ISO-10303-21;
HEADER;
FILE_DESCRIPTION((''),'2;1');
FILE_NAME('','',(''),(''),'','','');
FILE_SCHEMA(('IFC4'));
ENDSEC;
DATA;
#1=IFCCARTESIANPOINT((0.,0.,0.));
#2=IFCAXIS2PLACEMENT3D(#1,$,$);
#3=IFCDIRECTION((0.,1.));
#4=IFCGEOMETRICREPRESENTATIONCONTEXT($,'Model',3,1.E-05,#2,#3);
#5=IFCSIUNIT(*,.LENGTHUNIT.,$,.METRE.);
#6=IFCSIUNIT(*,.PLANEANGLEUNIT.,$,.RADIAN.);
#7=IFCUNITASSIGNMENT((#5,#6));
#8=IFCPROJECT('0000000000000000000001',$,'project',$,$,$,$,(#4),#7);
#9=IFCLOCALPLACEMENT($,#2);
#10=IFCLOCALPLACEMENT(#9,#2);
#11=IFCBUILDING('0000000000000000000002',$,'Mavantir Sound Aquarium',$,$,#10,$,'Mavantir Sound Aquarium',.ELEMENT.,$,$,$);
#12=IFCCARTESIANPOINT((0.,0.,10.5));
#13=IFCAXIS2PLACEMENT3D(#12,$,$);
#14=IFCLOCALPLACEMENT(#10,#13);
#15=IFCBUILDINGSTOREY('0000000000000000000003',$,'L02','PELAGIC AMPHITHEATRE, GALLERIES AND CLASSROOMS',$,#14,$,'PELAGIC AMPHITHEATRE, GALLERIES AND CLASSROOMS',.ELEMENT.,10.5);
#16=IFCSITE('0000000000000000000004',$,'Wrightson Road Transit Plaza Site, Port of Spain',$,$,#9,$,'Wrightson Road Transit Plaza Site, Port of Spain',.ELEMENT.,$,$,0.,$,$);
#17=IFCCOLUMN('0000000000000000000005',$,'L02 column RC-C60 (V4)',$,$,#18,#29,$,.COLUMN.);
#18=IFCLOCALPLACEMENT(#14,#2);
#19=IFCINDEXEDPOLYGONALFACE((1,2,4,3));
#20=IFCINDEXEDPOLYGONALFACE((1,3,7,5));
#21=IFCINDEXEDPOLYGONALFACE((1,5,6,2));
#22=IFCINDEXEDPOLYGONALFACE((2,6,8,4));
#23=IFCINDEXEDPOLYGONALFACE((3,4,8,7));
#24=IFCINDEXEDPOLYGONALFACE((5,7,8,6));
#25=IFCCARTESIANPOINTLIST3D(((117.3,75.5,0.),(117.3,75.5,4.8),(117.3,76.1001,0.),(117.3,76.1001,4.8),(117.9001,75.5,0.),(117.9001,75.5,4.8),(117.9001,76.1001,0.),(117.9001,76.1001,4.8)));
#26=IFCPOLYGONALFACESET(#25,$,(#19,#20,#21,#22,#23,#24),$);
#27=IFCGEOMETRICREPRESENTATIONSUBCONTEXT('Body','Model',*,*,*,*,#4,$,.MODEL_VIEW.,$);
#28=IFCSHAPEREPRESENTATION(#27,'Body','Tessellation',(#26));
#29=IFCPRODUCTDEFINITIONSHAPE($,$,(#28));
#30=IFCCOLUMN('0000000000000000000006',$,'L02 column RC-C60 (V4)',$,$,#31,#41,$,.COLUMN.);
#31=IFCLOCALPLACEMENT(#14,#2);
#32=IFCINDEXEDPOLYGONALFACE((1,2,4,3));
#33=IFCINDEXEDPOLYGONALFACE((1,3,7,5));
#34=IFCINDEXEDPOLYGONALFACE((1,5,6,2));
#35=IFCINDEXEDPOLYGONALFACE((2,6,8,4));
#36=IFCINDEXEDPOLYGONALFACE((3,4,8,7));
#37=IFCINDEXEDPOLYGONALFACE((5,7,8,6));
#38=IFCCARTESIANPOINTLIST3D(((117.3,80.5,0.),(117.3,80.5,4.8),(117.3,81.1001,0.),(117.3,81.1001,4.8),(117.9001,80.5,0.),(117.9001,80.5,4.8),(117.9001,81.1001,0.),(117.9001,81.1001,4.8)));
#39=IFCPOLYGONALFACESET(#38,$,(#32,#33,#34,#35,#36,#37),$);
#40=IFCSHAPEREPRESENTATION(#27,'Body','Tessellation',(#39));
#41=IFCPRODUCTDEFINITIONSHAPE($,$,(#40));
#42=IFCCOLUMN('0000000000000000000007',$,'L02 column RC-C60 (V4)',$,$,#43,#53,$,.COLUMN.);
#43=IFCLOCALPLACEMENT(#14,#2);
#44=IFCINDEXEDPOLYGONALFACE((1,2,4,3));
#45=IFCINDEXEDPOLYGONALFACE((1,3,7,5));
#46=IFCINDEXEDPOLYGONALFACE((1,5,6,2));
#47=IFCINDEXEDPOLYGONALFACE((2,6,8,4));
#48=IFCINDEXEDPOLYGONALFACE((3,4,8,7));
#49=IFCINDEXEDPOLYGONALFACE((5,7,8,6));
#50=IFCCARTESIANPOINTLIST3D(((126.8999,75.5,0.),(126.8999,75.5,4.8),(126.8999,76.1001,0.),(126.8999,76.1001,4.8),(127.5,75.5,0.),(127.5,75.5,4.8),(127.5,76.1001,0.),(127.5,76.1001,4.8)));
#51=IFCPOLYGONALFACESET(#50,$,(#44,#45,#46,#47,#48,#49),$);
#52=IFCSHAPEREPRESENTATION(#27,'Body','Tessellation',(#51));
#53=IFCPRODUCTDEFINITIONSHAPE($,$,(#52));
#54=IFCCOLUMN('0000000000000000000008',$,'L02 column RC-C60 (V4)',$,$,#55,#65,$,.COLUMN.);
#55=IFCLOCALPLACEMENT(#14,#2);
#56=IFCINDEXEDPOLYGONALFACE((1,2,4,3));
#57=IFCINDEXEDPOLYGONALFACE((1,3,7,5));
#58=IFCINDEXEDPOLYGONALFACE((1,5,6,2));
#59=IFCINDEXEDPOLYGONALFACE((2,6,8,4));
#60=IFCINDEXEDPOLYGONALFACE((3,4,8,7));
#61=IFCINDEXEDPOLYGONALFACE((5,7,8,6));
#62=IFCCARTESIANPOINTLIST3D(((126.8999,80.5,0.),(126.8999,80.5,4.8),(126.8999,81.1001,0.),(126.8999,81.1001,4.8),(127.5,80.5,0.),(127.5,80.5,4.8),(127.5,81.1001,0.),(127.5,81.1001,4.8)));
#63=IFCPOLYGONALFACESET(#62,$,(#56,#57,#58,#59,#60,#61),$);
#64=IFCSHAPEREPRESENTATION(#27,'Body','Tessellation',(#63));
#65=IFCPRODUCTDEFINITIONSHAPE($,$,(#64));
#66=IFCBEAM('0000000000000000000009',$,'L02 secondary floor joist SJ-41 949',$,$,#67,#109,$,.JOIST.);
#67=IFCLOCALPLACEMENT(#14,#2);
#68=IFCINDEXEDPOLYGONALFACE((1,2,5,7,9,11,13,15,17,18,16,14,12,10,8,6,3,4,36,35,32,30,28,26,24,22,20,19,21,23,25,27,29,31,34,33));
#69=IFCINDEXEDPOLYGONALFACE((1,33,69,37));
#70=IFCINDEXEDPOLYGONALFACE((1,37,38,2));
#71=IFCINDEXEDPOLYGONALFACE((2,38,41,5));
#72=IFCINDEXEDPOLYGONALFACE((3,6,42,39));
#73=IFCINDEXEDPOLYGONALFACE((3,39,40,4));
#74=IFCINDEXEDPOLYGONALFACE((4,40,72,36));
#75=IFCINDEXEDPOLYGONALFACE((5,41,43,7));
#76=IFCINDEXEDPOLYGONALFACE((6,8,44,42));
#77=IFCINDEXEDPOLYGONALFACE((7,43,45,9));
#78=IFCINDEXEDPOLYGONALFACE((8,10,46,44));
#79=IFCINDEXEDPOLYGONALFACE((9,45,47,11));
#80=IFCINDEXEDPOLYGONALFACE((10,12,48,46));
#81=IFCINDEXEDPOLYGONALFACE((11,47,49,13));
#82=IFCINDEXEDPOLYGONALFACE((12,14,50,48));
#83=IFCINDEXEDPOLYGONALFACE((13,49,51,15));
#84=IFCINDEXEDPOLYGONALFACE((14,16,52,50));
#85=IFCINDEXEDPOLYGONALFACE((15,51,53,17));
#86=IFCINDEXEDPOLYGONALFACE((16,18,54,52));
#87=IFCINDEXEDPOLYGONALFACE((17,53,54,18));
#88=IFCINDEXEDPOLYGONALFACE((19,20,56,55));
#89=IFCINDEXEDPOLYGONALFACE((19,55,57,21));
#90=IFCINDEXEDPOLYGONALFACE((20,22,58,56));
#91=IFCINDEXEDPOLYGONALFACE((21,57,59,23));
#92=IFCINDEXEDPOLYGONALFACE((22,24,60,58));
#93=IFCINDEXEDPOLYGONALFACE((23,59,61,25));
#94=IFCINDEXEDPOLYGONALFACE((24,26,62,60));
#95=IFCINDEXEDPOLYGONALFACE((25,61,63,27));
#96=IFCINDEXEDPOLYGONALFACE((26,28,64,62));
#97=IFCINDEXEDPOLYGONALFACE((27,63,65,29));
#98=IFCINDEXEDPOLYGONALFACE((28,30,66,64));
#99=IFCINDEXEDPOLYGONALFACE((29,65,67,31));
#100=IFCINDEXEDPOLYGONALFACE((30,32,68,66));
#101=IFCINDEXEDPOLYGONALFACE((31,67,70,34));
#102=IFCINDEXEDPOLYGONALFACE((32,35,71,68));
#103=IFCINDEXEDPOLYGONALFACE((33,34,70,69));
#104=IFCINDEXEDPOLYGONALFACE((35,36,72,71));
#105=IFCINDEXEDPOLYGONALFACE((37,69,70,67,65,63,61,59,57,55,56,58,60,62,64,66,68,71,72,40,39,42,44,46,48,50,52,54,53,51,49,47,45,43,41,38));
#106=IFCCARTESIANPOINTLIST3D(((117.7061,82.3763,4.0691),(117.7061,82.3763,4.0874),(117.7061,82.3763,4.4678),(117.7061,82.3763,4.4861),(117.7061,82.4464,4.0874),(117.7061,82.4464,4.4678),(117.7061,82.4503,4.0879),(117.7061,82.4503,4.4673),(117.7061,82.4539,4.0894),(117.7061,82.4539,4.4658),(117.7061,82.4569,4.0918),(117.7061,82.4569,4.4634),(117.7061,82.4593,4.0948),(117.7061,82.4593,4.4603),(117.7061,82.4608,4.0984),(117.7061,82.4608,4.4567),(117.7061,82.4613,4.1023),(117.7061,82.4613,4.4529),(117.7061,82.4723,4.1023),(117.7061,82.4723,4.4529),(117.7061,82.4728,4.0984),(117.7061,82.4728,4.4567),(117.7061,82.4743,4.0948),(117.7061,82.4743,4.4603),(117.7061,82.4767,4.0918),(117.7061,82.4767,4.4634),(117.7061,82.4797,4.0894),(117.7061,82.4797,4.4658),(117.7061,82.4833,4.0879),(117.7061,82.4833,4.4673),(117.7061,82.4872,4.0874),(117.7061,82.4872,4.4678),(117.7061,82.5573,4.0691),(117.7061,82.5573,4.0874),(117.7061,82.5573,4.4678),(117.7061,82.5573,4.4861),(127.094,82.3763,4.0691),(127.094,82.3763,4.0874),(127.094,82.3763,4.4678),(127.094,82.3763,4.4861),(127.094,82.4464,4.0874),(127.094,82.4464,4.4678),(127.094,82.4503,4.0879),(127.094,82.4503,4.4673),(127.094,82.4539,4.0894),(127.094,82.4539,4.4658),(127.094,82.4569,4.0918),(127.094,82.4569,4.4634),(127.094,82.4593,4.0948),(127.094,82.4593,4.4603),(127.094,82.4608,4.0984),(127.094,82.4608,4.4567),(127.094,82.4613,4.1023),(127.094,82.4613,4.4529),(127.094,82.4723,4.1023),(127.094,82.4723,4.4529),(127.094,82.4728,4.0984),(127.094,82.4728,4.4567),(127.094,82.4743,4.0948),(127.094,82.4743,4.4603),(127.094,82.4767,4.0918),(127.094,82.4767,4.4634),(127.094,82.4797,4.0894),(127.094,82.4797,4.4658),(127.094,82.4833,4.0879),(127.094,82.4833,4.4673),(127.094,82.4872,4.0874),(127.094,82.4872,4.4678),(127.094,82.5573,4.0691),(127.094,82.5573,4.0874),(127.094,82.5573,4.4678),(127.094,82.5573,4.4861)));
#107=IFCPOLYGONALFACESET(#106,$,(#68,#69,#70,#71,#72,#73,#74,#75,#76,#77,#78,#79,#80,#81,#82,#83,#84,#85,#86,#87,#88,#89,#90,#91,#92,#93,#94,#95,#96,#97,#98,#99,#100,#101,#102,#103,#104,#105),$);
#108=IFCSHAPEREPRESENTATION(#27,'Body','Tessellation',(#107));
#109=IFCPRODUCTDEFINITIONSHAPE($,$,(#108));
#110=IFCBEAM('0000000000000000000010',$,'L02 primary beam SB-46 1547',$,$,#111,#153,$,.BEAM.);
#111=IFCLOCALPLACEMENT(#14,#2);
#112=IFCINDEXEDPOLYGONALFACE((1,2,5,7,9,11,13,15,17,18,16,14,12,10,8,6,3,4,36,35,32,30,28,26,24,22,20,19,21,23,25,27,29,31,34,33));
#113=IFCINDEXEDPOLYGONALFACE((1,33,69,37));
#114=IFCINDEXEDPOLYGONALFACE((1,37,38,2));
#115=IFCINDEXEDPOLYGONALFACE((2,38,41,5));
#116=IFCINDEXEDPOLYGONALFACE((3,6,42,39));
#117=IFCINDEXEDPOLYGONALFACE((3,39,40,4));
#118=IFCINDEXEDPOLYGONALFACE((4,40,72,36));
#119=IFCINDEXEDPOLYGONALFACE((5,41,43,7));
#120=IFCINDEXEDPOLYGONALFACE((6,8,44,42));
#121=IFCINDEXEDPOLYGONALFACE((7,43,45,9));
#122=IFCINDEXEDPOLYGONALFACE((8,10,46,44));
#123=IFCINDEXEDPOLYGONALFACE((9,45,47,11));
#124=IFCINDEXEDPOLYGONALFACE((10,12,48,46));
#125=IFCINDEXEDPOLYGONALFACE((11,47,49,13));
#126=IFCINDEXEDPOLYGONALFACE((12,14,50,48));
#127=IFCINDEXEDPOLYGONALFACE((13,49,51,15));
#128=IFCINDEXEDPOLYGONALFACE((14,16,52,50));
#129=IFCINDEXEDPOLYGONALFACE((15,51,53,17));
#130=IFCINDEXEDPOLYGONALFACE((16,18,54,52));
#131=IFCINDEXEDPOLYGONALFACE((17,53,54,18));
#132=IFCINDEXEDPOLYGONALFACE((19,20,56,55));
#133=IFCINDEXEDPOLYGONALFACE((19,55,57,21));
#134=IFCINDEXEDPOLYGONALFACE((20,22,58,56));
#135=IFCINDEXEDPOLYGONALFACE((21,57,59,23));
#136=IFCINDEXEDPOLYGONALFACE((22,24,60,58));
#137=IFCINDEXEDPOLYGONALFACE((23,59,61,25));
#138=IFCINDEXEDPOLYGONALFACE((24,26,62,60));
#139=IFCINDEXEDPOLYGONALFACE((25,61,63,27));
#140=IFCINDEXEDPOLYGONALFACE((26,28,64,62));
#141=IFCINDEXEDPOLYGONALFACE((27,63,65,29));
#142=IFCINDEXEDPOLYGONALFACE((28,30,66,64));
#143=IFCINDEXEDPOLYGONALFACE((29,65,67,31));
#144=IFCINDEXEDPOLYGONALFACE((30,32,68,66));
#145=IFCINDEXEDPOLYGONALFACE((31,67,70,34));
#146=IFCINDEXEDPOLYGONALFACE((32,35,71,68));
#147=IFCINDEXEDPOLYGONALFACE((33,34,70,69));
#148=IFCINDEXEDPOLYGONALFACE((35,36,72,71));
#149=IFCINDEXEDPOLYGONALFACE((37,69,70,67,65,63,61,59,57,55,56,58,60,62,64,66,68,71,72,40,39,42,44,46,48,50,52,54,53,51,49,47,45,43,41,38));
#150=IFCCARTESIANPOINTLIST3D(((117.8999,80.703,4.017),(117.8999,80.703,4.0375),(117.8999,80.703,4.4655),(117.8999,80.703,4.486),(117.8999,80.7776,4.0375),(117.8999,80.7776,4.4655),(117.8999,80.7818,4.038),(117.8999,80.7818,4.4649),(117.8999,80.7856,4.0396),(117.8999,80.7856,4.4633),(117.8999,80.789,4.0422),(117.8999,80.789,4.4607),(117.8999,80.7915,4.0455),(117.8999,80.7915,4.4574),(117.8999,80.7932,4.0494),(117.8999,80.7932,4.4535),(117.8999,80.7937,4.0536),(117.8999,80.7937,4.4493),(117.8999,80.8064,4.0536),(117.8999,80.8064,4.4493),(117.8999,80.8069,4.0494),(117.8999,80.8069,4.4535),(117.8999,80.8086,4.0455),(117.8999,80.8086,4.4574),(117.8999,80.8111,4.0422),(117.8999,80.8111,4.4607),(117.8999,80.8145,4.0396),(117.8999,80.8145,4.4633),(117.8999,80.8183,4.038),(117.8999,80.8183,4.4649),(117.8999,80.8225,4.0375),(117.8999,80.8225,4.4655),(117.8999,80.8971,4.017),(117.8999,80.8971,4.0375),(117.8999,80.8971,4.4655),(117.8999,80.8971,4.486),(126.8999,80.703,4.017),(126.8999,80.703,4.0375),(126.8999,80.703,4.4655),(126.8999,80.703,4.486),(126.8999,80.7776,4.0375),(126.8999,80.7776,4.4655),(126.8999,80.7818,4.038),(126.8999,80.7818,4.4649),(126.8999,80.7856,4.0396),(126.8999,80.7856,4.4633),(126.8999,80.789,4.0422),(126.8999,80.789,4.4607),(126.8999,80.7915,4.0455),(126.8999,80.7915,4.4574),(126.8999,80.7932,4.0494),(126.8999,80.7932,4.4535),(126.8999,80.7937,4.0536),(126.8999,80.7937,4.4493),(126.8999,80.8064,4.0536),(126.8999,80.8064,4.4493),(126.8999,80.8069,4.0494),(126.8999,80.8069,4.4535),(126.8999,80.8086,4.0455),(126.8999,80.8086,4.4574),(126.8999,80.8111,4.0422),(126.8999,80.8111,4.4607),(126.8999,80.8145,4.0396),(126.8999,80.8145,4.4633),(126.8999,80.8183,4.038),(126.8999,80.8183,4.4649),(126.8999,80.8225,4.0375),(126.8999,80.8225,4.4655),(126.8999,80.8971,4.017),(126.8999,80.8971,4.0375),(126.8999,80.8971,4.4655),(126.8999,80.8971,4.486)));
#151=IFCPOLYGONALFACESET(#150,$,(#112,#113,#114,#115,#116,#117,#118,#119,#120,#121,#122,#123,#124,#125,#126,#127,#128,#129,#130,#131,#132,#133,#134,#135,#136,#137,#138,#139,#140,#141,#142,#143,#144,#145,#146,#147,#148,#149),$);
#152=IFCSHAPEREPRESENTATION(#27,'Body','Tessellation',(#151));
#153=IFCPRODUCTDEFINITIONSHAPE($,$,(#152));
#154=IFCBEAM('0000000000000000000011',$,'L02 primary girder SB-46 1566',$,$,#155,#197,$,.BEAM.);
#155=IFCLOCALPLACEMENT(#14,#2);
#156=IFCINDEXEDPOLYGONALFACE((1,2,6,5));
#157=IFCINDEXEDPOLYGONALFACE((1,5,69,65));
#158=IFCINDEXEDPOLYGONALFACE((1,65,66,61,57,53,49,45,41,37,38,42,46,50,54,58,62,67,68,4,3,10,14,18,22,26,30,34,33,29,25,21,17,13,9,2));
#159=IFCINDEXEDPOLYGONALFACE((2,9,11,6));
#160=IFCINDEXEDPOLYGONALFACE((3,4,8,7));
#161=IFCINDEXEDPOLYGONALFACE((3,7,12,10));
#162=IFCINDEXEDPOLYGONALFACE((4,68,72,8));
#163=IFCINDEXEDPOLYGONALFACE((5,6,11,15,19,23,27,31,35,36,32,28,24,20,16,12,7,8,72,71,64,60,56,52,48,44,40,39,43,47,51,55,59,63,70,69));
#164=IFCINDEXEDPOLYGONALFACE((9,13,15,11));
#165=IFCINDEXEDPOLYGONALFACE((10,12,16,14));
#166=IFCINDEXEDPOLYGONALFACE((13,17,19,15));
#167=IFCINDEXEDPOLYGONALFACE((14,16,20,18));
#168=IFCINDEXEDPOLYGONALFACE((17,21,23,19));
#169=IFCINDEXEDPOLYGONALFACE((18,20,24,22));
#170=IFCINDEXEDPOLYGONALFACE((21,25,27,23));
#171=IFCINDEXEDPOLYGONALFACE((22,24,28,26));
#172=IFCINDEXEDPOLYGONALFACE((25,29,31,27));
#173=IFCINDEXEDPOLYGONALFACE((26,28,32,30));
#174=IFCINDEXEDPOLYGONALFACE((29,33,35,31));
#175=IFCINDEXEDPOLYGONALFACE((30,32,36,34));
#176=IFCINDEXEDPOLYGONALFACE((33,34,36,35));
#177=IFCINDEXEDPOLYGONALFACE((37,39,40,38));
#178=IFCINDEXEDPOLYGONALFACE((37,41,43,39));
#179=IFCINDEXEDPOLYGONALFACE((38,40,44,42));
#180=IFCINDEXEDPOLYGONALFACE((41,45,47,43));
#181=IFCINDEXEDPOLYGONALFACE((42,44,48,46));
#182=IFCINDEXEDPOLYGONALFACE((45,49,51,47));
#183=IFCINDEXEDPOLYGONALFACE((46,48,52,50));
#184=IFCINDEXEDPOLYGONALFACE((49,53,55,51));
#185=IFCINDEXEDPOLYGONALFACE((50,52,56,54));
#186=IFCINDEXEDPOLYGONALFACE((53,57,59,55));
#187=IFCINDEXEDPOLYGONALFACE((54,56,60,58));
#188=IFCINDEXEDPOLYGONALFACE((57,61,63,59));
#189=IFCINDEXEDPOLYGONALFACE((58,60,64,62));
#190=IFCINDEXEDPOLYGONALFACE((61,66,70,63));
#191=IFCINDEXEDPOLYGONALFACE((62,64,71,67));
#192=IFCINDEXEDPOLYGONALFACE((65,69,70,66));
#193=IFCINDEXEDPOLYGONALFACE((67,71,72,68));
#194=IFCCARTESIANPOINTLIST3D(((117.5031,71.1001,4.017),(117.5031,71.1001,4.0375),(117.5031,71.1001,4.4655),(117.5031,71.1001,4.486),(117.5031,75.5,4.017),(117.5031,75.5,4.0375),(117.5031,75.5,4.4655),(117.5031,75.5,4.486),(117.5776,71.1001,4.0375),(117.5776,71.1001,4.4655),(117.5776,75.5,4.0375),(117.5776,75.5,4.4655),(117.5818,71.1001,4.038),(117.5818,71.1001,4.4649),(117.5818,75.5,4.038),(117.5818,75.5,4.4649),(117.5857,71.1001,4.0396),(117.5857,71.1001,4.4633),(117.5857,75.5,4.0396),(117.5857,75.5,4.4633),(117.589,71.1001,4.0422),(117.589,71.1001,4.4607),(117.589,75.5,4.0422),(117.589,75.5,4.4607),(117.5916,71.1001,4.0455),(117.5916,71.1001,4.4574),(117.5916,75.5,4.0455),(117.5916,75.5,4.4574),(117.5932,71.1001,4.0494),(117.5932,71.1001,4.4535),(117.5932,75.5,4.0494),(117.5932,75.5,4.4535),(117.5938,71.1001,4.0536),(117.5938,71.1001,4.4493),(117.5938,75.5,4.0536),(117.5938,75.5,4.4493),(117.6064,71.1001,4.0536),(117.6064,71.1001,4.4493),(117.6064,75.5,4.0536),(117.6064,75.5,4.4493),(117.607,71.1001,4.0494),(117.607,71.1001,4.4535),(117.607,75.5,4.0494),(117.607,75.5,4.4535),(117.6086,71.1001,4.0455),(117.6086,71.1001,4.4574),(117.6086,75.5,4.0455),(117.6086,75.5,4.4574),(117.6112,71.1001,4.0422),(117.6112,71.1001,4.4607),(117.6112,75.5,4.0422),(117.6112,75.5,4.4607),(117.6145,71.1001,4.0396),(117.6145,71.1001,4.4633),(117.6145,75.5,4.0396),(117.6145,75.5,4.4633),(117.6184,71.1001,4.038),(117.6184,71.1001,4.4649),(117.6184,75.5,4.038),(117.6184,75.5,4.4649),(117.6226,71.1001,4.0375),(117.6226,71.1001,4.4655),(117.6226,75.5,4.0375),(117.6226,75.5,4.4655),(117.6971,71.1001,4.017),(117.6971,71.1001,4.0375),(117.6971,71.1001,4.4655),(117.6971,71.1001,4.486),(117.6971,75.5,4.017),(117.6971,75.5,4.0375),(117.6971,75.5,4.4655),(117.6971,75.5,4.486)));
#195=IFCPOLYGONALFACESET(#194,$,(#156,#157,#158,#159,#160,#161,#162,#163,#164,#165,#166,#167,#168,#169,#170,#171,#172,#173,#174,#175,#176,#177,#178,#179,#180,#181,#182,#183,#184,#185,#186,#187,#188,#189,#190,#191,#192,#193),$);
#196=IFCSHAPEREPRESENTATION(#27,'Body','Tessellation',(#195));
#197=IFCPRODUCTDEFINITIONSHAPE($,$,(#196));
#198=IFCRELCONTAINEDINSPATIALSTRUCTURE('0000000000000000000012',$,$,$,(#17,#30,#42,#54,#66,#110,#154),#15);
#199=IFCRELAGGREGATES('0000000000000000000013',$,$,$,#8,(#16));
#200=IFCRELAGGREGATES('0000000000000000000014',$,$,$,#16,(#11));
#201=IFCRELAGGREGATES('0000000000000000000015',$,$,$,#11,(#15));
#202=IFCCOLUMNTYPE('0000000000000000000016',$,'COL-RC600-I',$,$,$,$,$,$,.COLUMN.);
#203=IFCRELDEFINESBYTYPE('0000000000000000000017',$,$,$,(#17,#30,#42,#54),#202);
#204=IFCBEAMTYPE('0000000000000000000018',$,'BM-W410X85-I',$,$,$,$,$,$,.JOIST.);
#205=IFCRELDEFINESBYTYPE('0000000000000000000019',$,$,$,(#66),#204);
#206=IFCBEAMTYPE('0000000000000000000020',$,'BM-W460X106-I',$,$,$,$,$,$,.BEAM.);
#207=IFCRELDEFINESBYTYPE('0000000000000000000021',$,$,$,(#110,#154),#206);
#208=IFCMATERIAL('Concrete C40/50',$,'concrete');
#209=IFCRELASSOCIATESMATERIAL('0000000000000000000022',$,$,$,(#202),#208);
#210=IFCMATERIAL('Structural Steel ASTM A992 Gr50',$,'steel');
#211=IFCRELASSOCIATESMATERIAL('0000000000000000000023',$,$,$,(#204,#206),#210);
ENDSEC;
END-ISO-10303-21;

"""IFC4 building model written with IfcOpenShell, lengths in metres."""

from ifc_helpers import new_model, si_unit, direction, frame, origin, origin_2d, place, context, subcontext, project, spatial, rectangle, i_section, extrude, material, material_profile, profile_set, type_object, element, save


model = new_model("IFC4")

# Units and contexts
model_context = context("Model", 3, precision=1e-05, world=origin(), true_north=direction((0.0, 1.0)))
body_context = subcontext(model_context, "Body", "Model", "MODEL_VIEW")
ifc_project = project(units=[si_unit("LENGTHUNIT", "METRE"), si_unit("PLANEANGLEUNIT", "RADIAN")], contexts=[model_context])

# Site, building, storey
site_placement = place(None, origin())
site = spatial("IfcSite", under=ifc_project, at=site_placement, Name="Wrightson Road Transit Plaza Site, Port of Spain", LongName="Wrightson Road Transit Plaza Site, Port of Spain", CompositionType="ELEMENT", RefElevation=0.0)
building_placement = place(site_placement, origin())
building = spatial("IfcBuilding", under=site, at=building_placement, Name="Mavantir Sound Aquarium", LongName="Mavantir Sound Aquarium", CompositionType="ELEMENT")
storey_placement = place(building_placement, frame((0.0, 0.0, 10.5)))
storey = spatial("IfcBuildingStorey", under=building, at=storey_placement, Name="L02", Description="PELAGIC AMPHITHEATRE, GALLERIES AND CLASSROOMS", LongName="PELAGIC AMPHITHEATRE, GALLERIES AND CLASSROOMS", CompositionType="ELEMENT", Elevation=10.5)

# Columns
ifc_material_1 = material(Name="Concrete C40/50", Category="concrete")
ifc_material_profile_1 = material_profile(ifc_material_1, rectangle(XDim=0.6001, YDim=0.6001, at=origin_2d()), Name="RC 600X600")
ifc_profile_set_1 = profile_set([ifc_material_profile_1], Name="Concrete C40/50")
column_type = type_object("IfcColumnType", Name="COL-RC600-I", PredefinedType="COLUMN", material=ifc_profile_set_1)
for number, where, z_axis, x_axis, name in (
    (1, (117.6001, 75.8, 0.0), (0.0, 0.0, 1.0), (1.0, 0.0, 0.0), "L02 column RC-C60 (V4)"),
    (2, (117.6001, 80.8, 0.0), (0.0, 0.0, 1.0), (1.0, 0.0, 0.0), "L02 column RC-C60 (V4)"),
    (3, (127.2, 75.8, 0.0), (0.0, 0.0, 1.0), (1.0, 0.0, 0.0), "L02 column RC-C60 (V4)"),
    (4, (127.2, 80.8, 0.0), (0.0, 0.0, 1.0), (1.0, 0.0, 0.0), "L02 column RC-C60 (V4)"),
):
    element("IfcColumn", number, at=place(storey_placement, frame(where, z_axis=z_axis, x_axis=x_axis)), inside=storey, type_object=column_type, Name=name, PredefinedType="COLUMN", context=body_context, shape_type="SweptSolid", body=[
        extrude(rectangle(XDim=0.6001, YDim=0.6001, at=origin_2d()), origin(), (0.0, 0.0, 1.0), 4.8),
    ])

# Beams
ifc_material_2 = material(Name="Structural Steel ASTM A992 Gr50", Category="steel")
ifc_material_profile_2 = material_profile(ifc_material_2, i_section(OverallWidth=0.1809, OverallDepth=0.417, WebThickness=0.011, FlangeThickness=0.0183, FilletRadius=0.0149, at=origin_2d()), Name="W410X85")
ifc_profile_set_2 = profile_set([ifc_material_profile_2], Name="Structural Steel ASTM A992 Gr50")
beam_type_1 = type_object("IfcBeamType", Name="BM-W410X85-I", PredefinedType="JOIST", material=ifc_profile_set_2)
beam_1_placement = place(storey_placement, frame((117.7061, 82.4668, 4.2776), z_axis=(1.0, 0.0, 0.0), x_axis=(0.0, 1.0, 0.0)))
element("IfcBeam", 5, at=beam_1_placement, inside=storey, type_object=beam_type_1, Name="L02 secondary floor joist SJ-41 949", PredefinedType="JOIST", context=body_context, shape_type="SweptSolid", body=[
    extrude(i_section(OverallWidth=0.1809, OverallDepth=0.417, WebThickness=0.011, FlangeThickness=0.0183, FilletRadius=0.0149, at=origin_2d()), origin(), (0.0, 0.0, 1.0), 9.3879),
])
ifc_material_profile_3 = material_profile(ifc_material_2, i_section(OverallWidth=0.1941, OverallDepth=0.469, WebThickness=0.0127, FlangeThickness=0.0205, FilletRadius=0.0161, at=origin_2d()), Name="W460X106")
ifc_profile_set_3 = profile_set([ifc_material_profile_3], Name="Structural Steel ASTM A992 Gr50")
beam_type_2 = type_object("IfcBeamType", Name="BM-W460X106-I", PredefinedType="BEAM", material=ifc_profile_set_3)
beam_2_placement = place(storey_placement, frame((117.8999, 80.8, 4.2515), z_axis=(1.0, 0.0, 0.0), x_axis=(0.0, 1.0, 0.0)))
element("IfcBeam", 6, at=beam_2_placement, inside=storey, type_object=beam_type_2, Name="L02 primary beam SB-46 1547", PredefinedType="BEAM", context=body_context, shape_type="SweptSolid", body=[
    extrude(i_section(OverallWidth=0.1941, OverallDepth=0.469, WebThickness=0.0127, FlangeThickness=0.0205, FilletRadius=0.0161, at=origin_2d()), origin(), (0.0, 0.0, 1.0), 9.0),
])
for number, where, z_axis, x_axis, name in (
    (7, (117.6001, 71.1001, 4.2515), (0.0, 1.0, 0.0), (-1.0, 0.0, 0.0), "L02 primary girder SB-46 1566"),
):
    element("IfcBeam", number, at=place(storey_placement, frame(where, z_axis=z_axis, x_axis=x_axis)), inside=storey, type_object=beam_type_2, Name=name, PredefinedType="BEAM", context=body_context, shape_type="SweptSolid", body=[
        extrude(i_section(OverallWidth=0.1941, OverallDepth=0.469, WebThickness=0.0127, FlangeThickness=0.0205, FilletRadius=0.0161, at=origin_2d()), origin(), (0.0, 0.0, 1.0), 4.3999),
    ])

save(model, "model.ifc")
